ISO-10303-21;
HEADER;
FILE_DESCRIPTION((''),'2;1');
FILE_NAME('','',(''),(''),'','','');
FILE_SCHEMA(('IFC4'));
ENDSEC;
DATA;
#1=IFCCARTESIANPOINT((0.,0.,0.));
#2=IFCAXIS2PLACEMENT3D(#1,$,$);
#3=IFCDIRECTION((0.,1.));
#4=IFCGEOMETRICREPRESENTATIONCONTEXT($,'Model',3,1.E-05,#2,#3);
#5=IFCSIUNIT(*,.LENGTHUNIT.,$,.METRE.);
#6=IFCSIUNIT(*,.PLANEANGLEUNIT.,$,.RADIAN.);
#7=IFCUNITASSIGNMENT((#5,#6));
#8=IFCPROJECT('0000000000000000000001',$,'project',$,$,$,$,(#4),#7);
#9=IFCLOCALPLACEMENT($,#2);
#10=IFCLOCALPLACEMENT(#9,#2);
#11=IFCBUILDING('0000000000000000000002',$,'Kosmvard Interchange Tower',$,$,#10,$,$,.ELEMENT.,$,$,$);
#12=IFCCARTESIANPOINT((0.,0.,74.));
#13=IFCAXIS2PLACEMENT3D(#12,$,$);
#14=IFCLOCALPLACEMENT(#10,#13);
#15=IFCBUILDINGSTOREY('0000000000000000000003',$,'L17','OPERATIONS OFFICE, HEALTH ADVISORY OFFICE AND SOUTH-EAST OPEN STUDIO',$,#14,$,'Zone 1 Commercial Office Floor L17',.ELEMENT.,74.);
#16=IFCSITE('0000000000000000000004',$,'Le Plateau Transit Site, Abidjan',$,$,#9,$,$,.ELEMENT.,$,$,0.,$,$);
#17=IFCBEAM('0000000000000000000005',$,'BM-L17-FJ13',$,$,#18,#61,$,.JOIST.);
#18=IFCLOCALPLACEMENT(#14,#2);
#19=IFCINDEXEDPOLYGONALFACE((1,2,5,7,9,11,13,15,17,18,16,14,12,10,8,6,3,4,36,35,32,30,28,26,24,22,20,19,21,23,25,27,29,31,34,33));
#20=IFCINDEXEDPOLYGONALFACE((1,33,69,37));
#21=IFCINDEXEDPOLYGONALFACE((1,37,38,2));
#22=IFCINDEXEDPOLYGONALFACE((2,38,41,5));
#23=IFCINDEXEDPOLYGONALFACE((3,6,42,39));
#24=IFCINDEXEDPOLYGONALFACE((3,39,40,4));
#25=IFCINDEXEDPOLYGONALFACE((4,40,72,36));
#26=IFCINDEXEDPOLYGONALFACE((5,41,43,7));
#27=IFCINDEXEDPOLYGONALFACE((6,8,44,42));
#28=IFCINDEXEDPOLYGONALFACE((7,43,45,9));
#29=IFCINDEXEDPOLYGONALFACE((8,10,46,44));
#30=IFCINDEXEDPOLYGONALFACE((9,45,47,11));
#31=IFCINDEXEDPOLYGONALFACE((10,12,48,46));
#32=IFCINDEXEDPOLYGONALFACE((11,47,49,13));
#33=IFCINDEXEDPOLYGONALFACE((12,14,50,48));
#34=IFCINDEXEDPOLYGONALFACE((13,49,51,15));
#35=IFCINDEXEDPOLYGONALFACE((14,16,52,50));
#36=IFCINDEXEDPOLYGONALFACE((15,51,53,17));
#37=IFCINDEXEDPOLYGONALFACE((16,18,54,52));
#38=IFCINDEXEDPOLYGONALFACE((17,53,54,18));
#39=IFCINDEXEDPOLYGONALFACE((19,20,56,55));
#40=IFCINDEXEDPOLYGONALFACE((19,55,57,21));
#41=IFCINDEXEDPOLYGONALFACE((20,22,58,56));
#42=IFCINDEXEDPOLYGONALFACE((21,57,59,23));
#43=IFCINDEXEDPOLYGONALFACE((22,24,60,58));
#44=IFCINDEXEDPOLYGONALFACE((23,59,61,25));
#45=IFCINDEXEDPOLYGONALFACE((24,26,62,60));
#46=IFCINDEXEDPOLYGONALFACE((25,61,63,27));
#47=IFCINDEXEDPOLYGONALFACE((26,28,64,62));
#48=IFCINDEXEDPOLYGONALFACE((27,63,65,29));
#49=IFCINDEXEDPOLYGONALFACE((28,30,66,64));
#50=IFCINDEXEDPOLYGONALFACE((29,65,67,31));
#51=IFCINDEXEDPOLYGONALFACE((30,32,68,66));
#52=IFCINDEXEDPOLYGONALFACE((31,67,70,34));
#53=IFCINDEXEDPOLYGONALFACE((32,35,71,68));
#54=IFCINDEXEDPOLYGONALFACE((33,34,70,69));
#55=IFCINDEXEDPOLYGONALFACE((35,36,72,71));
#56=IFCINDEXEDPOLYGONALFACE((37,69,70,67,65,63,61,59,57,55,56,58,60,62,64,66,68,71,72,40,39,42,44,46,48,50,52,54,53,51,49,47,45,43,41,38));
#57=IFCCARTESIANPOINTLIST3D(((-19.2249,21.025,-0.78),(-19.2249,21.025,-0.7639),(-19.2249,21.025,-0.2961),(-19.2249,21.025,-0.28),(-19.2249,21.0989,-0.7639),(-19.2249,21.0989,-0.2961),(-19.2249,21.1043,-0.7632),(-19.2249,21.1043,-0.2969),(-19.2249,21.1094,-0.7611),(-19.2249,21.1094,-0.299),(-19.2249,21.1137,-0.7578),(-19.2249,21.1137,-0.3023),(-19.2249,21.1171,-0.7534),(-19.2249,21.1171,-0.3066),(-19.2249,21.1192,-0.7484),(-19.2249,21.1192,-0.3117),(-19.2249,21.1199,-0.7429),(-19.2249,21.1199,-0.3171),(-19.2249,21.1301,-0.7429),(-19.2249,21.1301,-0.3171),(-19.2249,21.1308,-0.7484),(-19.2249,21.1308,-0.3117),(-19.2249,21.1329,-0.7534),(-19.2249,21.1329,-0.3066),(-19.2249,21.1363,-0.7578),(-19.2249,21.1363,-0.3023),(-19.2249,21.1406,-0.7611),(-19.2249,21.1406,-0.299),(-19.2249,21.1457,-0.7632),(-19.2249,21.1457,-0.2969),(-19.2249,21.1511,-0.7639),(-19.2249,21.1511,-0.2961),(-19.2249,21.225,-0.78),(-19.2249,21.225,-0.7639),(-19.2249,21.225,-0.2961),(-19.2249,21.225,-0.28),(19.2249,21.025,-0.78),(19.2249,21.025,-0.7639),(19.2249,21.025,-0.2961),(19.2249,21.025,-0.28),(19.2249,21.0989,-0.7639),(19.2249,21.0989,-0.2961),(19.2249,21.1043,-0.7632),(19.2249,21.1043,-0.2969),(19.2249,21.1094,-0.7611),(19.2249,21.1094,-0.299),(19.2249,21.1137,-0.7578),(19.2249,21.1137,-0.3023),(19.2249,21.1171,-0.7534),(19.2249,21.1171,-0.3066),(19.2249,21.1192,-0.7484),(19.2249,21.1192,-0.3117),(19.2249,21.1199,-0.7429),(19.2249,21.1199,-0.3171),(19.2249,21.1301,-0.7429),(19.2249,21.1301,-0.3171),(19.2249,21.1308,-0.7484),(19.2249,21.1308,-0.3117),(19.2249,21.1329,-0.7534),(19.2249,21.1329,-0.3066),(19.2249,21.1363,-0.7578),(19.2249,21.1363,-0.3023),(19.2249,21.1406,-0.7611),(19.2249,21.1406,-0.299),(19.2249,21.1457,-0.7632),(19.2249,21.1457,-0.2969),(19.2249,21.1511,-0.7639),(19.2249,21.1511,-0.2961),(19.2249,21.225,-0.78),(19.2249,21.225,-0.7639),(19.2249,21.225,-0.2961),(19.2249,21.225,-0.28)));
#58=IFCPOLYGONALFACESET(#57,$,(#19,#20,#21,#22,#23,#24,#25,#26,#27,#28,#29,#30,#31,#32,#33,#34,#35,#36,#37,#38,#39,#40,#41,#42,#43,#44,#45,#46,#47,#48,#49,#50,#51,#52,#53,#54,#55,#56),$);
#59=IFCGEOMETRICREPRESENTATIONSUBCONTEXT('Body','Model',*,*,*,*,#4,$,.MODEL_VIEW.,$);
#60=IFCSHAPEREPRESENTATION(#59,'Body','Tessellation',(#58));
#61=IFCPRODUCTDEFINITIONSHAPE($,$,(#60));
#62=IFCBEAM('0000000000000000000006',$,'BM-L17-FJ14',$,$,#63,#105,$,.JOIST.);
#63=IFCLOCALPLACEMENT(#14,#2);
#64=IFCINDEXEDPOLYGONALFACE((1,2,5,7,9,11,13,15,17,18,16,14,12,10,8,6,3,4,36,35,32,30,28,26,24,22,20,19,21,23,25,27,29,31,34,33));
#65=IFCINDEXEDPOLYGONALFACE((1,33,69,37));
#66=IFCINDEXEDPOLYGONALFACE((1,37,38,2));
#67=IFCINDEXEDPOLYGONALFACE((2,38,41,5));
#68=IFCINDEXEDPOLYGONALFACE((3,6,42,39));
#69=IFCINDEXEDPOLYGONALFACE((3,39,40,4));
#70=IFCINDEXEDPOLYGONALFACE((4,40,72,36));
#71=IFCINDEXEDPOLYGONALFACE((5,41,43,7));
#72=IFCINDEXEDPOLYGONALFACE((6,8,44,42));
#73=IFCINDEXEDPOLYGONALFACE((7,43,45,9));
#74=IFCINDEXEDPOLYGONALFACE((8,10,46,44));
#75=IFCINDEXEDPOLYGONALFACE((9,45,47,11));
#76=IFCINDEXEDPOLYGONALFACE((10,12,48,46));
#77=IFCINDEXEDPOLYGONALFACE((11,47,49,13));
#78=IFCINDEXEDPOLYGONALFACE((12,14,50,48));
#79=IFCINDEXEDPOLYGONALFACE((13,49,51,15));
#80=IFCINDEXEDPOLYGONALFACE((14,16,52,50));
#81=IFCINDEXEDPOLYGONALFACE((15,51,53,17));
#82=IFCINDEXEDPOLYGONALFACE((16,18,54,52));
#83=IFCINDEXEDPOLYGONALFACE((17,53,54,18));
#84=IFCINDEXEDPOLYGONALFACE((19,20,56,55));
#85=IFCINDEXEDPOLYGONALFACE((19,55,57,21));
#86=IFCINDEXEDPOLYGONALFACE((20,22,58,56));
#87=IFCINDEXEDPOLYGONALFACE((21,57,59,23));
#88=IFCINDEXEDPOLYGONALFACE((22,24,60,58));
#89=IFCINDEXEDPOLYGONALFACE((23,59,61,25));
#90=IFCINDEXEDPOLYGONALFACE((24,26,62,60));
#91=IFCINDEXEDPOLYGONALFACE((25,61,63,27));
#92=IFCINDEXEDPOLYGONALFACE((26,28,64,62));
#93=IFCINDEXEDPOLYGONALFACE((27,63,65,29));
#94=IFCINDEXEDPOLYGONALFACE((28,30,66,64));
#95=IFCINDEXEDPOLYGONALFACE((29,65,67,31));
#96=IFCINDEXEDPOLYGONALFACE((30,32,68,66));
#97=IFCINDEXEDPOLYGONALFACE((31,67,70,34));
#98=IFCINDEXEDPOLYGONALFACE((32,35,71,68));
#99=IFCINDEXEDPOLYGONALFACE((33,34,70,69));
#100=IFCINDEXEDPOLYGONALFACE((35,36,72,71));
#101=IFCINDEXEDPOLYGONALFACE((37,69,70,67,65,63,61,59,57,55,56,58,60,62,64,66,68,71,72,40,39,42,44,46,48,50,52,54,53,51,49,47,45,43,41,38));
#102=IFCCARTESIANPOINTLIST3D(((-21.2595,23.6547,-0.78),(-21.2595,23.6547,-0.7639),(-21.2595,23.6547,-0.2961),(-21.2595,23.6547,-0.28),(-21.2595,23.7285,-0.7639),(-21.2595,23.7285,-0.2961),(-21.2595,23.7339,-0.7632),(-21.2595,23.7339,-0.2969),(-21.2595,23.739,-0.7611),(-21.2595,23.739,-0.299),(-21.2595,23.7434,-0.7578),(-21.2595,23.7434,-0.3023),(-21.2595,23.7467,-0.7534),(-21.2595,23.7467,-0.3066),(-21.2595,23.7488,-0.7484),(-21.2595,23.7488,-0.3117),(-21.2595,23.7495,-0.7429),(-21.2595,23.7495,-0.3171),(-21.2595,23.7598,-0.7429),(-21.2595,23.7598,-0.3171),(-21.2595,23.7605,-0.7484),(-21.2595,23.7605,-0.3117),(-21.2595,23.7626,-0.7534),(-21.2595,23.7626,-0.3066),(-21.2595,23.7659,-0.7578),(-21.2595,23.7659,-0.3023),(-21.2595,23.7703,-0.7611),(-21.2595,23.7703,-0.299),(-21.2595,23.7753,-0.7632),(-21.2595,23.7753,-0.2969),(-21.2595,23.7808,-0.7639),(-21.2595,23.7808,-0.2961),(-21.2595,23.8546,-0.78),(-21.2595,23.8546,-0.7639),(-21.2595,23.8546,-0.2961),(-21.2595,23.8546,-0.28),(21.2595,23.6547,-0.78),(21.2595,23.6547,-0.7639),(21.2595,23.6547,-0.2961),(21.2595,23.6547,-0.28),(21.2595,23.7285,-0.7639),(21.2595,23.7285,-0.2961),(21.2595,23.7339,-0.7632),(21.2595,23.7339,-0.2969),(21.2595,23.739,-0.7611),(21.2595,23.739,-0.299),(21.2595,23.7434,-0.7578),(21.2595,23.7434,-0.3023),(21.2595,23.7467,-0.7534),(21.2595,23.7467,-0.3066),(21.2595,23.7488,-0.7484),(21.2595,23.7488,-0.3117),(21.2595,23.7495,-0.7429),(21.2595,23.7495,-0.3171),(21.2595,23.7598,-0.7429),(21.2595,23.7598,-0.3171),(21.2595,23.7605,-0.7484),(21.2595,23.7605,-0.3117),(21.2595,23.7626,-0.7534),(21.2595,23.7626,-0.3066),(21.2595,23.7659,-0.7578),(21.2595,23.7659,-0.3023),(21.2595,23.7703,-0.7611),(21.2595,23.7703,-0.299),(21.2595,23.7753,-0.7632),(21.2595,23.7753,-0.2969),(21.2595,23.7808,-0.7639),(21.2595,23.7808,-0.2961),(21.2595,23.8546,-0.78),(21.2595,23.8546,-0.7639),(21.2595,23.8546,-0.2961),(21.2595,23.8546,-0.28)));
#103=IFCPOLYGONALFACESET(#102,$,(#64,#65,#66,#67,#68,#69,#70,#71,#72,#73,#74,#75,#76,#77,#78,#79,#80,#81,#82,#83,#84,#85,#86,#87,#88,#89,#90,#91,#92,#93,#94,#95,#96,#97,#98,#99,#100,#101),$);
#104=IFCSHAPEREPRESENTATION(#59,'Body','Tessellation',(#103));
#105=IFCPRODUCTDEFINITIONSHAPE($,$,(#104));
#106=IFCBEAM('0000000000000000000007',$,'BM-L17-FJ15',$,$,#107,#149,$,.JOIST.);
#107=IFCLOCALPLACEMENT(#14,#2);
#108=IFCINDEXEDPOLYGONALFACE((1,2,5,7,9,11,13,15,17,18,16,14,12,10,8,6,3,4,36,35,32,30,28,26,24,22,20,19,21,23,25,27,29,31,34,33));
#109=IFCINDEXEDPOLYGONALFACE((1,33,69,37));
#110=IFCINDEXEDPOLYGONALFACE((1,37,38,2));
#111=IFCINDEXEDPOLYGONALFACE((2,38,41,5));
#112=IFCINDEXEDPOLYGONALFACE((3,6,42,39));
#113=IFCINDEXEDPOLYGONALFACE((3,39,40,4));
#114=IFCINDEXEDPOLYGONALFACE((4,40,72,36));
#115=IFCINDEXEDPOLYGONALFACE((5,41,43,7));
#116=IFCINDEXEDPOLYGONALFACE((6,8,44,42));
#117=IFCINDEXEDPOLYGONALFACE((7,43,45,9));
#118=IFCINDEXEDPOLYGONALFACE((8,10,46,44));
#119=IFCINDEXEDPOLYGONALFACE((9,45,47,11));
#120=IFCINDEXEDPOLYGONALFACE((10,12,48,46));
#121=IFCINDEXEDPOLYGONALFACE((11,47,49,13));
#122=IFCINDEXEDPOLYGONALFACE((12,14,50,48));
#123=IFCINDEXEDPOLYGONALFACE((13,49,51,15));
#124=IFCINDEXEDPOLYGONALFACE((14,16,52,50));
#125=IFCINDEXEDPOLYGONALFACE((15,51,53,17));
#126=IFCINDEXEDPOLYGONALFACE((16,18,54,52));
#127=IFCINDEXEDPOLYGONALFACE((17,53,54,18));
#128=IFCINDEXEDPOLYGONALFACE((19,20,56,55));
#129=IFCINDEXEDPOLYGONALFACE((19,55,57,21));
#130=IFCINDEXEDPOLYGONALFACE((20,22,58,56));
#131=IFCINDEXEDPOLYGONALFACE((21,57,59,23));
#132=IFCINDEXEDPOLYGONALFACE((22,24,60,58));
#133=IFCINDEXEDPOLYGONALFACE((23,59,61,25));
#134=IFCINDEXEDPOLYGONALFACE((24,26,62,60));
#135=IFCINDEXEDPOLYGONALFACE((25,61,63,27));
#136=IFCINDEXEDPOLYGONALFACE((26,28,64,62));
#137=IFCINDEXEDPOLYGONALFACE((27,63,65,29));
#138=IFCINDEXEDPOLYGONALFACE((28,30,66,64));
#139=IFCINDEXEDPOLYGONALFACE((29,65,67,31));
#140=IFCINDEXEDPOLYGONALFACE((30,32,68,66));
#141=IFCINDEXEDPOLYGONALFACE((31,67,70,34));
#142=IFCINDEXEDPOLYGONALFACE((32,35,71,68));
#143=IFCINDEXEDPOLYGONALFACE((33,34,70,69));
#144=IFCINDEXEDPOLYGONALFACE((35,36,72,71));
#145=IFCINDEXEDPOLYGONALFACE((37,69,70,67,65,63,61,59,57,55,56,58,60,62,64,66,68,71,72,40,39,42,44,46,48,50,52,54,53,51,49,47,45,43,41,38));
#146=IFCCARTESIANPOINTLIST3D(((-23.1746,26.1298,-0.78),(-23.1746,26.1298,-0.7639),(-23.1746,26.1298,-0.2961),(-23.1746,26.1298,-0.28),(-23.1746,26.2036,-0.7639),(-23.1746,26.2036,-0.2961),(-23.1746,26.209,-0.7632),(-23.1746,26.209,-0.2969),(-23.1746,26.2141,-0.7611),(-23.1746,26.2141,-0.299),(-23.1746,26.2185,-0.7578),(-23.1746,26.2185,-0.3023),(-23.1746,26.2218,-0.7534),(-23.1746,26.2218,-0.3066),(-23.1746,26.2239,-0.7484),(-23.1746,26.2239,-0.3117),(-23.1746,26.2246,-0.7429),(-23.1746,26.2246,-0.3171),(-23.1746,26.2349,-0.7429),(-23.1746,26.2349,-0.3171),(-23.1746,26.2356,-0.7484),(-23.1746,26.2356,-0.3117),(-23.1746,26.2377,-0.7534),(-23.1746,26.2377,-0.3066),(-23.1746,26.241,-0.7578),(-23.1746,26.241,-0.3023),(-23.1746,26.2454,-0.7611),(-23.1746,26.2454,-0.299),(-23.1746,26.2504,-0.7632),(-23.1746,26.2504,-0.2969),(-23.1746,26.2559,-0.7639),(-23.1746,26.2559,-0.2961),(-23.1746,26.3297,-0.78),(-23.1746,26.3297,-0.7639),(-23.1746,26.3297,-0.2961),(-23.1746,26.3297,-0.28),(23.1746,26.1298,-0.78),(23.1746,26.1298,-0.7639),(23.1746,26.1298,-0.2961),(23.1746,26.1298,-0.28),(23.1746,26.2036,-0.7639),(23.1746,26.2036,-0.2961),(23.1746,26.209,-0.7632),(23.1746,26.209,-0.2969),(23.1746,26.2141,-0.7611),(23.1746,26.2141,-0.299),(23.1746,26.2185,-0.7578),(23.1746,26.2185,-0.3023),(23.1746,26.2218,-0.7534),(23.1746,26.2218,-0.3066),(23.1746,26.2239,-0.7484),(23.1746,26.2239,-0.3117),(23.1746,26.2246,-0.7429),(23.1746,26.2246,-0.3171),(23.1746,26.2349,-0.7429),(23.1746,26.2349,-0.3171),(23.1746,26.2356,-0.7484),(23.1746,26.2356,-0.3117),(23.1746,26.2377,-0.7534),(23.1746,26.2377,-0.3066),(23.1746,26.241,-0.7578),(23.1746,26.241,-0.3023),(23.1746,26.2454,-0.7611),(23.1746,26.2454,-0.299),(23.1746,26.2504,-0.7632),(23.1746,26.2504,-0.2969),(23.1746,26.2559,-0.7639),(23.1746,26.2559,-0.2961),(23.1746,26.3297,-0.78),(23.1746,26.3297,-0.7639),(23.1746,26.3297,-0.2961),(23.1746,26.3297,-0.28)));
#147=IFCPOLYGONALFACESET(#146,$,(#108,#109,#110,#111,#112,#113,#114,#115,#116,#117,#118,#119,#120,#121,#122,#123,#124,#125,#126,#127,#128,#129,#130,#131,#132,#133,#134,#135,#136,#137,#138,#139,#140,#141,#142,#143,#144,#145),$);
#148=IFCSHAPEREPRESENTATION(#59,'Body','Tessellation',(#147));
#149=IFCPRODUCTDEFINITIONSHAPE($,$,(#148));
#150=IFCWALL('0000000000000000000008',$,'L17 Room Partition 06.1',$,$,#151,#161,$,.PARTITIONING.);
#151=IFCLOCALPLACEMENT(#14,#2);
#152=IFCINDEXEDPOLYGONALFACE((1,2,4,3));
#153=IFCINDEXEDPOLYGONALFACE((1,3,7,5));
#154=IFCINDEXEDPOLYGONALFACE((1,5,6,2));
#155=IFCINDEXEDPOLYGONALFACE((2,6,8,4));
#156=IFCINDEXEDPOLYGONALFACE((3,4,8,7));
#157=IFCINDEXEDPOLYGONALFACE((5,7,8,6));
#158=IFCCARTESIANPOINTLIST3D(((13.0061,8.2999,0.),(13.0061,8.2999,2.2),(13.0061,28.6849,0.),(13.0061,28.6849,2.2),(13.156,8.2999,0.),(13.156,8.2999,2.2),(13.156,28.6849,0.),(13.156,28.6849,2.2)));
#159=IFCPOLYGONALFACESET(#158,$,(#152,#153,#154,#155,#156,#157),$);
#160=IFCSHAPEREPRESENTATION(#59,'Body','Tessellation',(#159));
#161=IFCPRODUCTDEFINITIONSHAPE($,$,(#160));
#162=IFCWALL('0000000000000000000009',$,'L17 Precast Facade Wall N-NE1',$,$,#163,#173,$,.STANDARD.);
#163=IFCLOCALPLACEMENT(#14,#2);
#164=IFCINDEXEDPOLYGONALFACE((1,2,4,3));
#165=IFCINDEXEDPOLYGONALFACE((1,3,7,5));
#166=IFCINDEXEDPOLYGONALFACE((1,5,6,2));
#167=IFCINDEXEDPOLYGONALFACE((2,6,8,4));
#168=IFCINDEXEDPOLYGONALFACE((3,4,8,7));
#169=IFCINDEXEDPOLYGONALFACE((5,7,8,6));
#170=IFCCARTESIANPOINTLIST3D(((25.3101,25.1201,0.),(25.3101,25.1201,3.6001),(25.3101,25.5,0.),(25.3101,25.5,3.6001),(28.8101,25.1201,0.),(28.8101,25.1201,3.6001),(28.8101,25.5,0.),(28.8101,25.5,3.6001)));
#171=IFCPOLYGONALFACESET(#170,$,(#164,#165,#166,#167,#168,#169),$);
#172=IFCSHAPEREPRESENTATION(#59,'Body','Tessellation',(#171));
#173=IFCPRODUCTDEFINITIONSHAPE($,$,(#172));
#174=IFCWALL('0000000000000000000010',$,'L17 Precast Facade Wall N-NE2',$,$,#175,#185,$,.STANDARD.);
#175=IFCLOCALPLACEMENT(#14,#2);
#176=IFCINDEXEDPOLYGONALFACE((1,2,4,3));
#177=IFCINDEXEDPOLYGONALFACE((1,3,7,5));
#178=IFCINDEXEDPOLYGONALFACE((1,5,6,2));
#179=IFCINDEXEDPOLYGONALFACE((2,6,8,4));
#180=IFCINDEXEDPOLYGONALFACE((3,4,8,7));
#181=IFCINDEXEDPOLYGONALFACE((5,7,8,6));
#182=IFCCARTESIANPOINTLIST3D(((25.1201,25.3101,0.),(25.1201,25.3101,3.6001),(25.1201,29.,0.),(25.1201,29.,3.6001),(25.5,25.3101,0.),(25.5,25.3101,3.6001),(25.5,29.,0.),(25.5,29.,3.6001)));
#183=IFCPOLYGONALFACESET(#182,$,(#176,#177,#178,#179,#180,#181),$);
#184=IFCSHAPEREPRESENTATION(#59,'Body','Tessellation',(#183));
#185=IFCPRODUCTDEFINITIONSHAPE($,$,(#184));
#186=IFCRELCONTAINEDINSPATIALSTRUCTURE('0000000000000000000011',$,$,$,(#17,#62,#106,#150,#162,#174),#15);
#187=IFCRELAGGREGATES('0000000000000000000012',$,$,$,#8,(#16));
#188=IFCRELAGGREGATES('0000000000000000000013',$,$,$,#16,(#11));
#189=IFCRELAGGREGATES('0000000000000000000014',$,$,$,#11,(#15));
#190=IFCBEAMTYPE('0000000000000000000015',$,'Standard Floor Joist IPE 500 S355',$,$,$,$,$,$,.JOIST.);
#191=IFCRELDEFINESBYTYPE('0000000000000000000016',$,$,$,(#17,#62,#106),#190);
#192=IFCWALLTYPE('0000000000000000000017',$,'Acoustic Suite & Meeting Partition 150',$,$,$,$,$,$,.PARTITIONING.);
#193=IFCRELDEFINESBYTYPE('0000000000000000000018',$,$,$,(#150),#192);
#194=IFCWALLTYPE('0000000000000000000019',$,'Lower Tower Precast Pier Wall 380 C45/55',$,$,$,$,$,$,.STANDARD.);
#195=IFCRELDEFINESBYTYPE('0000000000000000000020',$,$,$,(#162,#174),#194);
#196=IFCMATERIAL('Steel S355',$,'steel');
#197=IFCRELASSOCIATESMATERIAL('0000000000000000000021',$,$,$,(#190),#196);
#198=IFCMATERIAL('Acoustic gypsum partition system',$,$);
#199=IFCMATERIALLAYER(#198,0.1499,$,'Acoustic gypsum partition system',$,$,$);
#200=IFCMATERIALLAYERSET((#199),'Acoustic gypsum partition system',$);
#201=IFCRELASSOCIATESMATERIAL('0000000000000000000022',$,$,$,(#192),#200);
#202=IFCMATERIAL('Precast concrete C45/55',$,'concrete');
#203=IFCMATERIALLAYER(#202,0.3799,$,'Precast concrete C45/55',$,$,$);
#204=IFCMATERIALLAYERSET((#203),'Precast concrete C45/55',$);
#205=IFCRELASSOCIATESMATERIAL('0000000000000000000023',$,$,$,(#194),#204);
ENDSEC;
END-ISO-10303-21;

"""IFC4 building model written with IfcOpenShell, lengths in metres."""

from ifc_helpers import new_model, si_unit, direction, frame, frame_2d, origin, origin_2d, place, context, subcontext, project, spatial, rectangle, i_section, extrude, source, transform, mapped, material, layer, layer_set, material_profile, profile_set, type_object, element, save


model = new_model("IFC4")

# Units and contexts
model_context = context("Model", 3, precision=1e-05, world=origin(), true_north=direction((0.0, 1.0)))
body_context = subcontext(model_context, "Body", "Model", "MODEL_VIEW")
ifc_project = project(units=[si_unit("LENGTHUNIT", "METRE"), si_unit("PLANEANGLEUNIT", "RADIAN")], contexts=[model_context])

# Site, building, storey
site_placement = place(None, origin())
site = spatial("IfcSite", under=ifc_project, at=site_placement, Name="Le Plateau Transit Site, Abidjan", CompositionType="ELEMENT", RefElevation=0.0)
building_placement = place(site_placement, origin())
building = spatial("IfcBuilding", under=site, at=building_placement, Name="Kosmvard Interchange Tower", CompositionType="ELEMENT")
storey_placement = place(building_placement, frame((0.0, 0.0, 74.0)))
storey = spatial("IfcBuildingStorey", under=building, at=storey_placement, Name="L17", Description="OPERATIONS OFFICE, HEALTH ADVISORY OFFICE AND SOUTH-EAST OPEN STUDIO", LongName="Zone 1 Commercial Office Floor L17", CompositionType="ELEMENT", Elevation=74.0)

# Beams
ifc_material_1 = material(Name="Steel S355", Category="steel")
ifc_material_2 = material(Name="Precast concrete C45/55", Category="concrete")
ifc_material_profile_1 = material_profile(ifc_material_1, i_section(OverallWidth=0.2, OverallDepth=0.5, WebThickness=0.0103, FlangeThickness=0.0161, FilletRadius=0.021, at=origin_2d()), Name="IPE 500")
ifc_profile_set_1 = profile_set([ifc_material_profile_1], Name="Steel S355")
beam_type_1 = type_object("IfcBeamType", Name="Standard Floor Joist IPE 500 S355", PredefinedType="JOIST", material=ifc_profile_set_1)
shared_shape_1 = source(origin(), body_context, "Body", "SweptSolid", [
    extrude(i_section(OverallWidth=0.2, OverallDepth=0.5, WebThickness=0.0103, FlangeThickness=0.0161, FilletRadius=0.021, at=origin_2d()), origin(), (0.0, 0.0, 1.0), 38.4497),
])
beam_1_placement = place(storey_placement, frame((19.2249, 21.125, -0.53), z_axis=(-1.0, 0.0, 0.0), x_axis=(0.0, -1.0, 0.0)))
element("IfcBeam", 1, at=beam_1_placement, inside=storey, type_object=beam_type_1, Name="BM-L17-FJ13", PredefinedType="JOIST", context=body_context, shape_type="MappedRepresentation", body=[
    mapped(shared_shape_1, transform((0.0, 0.0, 0.0), scale=1.0)),
])
shared_shape_2 = source(origin(), body_context, "Body", "SweptSolid", [
    extrude(i_section(OverallWidth=0.2, OverallDepth=0.5, WebThickness=0.0103, FlangeThickness=0.0161, FilletRadius=0.021, at=origin_2d()), origin(), (0.0, 0.0, 1.0), 42.519),
])
beam_2_placement = place(storey_placement, frame((21.2595, 23.7546, -0.53), z_axis=(-1.0, 0.0, 0.0), x_axis=(0.0, -1.0, 0.0)))
element("IfcBeam", 2, at=beam_2_placement, inside=storey, type_object=beam_type_1, Name="BM-L17-FJ14", PredefinedType="JOIST", context=body_context, shape_type="MappedRepresentation", body=[
    mapped(shared_shape_2, transform((0.0, 0.0, 0.0), scale=1.0)),
])
shared_shape_3 = source(origin(), body_context, "Body", "SweptSolid", [
    extrude(i_section(OverallWidth=0.2, OverallDepth=0.5, WebThickness=0.0103, FlangeThickness=0.0161, FilletRadius=0.021, at=origin_2d()), origin(), (0.0, 0.0, 1.0), 46.3491),
])
beam_3_placement = place(storey_placement, frame((23.1746, 26.2297, -0.53), z_axis=(-1.0, 0.0, 0.0), x_axis=(0.0, -1.0, 0.0)))
element("IfcBeam", 3, at=beam_3_placement, inside=storey, type_object=beam_type_1, Name="BM-L17-FJ15", PredefinedType="JOIST", context=body_context, shape_type="MappedRepresentation", body=[
    mapped(shared_shape_3, transform((0.0, 0.0, 0.0), scale=1.0)),
])

# Walls
ifc_material_3 = material(Name="Acoustic gypsum partition system")
ifc_layer_1 = layer(ifc_material_3, 0.1499, Name="Acoustic gypsum partition system")
ifc_layer_set_1 = layer_set([ifc_layer_1], Name="Acoustic gypsum partition system")
wall_type_1 = type_object("IfcWallType", Name="Acoustic Suite & Meeting Partition 150", PredefinedType="PARTITIONING", material=ifc_layer_set_1)
wall_1_placement = place(storey_placement, frame((13.0811, 8.3, 0.0), z_axis=(0.0, 0.0, 1.0), x_axis=(0.0, 1.0, 0.0)))
element("IfcWall", 4, at=wall_1_placement, inside=storey, type_object=wall_type_1, Name="L17 Room Partition 06.1", PredefinedType="PARTITIONING", context=body_context, shape_type="SweptSolid", body=[
    extrude(rectangle(XDim=20.385, YDim=0.1499, at=frame_2d((10.1924, 0.0))), origin(), (0.0, 0.0, 1.0), 2.2),
])
ifc_layer_2 = layer(ifc_material_2, 0.3799, Name="Precast concrete C45/55")
ifc_layer_set_2 = layer_set([ifc_layer_2], Name="Precast concrete C45/55")
wall_type_2 = type_object("IfcWallType", Name="Lower Tower Precast Pier Wall 380 C45/55", PredefinedType="STANDARD", material=ifc_layer_set_2)
wall_2_placement = place(storey_placement, frame((28.8101, 25.3101, 0.0), z_axis=(0.0, 0.0, 1.0), x_axis=(-1.0, 0.0, 0.0)))
element("IfcWall", 5, at=wall_2_placement, inside=storey, type_object=wall_type_2, Name="L17 Precast Facade Wall N-NE1", PredefinedType="STANDARD", context=body_context, shape_type="SweptSolid", body=[
    extrude(rectangle(XDim=3.5, YDim=0.3799, at=frame_2d((1.75, 0.0))), origin(), (0.0, 0.0, 1.0), 3.6001),
])
wall_3_placement = place(storey_placement, frame((25.3101, 25.3101, 0.0), z_axis=(0.0, 0.0, 1.0), x_axis=(0.0, 1.0, 0.0)))
element("IfcWall", 6, at=wall_3_placement, inside=storey, type_object=wall_type_2, Name="L17 Precast Facade Wall N-NE2", PredefinedType="STANDARD", context=body_context, shape_type="SweptSolid", body=[
    extrude(rectangle(XDim=3.6899, YDim=0.3799, at=frame_2d((1.845, 0.0))), origin(), (0.0, 0.0, 1.0), 3.6001),
])

save(model, "model.ifc")
